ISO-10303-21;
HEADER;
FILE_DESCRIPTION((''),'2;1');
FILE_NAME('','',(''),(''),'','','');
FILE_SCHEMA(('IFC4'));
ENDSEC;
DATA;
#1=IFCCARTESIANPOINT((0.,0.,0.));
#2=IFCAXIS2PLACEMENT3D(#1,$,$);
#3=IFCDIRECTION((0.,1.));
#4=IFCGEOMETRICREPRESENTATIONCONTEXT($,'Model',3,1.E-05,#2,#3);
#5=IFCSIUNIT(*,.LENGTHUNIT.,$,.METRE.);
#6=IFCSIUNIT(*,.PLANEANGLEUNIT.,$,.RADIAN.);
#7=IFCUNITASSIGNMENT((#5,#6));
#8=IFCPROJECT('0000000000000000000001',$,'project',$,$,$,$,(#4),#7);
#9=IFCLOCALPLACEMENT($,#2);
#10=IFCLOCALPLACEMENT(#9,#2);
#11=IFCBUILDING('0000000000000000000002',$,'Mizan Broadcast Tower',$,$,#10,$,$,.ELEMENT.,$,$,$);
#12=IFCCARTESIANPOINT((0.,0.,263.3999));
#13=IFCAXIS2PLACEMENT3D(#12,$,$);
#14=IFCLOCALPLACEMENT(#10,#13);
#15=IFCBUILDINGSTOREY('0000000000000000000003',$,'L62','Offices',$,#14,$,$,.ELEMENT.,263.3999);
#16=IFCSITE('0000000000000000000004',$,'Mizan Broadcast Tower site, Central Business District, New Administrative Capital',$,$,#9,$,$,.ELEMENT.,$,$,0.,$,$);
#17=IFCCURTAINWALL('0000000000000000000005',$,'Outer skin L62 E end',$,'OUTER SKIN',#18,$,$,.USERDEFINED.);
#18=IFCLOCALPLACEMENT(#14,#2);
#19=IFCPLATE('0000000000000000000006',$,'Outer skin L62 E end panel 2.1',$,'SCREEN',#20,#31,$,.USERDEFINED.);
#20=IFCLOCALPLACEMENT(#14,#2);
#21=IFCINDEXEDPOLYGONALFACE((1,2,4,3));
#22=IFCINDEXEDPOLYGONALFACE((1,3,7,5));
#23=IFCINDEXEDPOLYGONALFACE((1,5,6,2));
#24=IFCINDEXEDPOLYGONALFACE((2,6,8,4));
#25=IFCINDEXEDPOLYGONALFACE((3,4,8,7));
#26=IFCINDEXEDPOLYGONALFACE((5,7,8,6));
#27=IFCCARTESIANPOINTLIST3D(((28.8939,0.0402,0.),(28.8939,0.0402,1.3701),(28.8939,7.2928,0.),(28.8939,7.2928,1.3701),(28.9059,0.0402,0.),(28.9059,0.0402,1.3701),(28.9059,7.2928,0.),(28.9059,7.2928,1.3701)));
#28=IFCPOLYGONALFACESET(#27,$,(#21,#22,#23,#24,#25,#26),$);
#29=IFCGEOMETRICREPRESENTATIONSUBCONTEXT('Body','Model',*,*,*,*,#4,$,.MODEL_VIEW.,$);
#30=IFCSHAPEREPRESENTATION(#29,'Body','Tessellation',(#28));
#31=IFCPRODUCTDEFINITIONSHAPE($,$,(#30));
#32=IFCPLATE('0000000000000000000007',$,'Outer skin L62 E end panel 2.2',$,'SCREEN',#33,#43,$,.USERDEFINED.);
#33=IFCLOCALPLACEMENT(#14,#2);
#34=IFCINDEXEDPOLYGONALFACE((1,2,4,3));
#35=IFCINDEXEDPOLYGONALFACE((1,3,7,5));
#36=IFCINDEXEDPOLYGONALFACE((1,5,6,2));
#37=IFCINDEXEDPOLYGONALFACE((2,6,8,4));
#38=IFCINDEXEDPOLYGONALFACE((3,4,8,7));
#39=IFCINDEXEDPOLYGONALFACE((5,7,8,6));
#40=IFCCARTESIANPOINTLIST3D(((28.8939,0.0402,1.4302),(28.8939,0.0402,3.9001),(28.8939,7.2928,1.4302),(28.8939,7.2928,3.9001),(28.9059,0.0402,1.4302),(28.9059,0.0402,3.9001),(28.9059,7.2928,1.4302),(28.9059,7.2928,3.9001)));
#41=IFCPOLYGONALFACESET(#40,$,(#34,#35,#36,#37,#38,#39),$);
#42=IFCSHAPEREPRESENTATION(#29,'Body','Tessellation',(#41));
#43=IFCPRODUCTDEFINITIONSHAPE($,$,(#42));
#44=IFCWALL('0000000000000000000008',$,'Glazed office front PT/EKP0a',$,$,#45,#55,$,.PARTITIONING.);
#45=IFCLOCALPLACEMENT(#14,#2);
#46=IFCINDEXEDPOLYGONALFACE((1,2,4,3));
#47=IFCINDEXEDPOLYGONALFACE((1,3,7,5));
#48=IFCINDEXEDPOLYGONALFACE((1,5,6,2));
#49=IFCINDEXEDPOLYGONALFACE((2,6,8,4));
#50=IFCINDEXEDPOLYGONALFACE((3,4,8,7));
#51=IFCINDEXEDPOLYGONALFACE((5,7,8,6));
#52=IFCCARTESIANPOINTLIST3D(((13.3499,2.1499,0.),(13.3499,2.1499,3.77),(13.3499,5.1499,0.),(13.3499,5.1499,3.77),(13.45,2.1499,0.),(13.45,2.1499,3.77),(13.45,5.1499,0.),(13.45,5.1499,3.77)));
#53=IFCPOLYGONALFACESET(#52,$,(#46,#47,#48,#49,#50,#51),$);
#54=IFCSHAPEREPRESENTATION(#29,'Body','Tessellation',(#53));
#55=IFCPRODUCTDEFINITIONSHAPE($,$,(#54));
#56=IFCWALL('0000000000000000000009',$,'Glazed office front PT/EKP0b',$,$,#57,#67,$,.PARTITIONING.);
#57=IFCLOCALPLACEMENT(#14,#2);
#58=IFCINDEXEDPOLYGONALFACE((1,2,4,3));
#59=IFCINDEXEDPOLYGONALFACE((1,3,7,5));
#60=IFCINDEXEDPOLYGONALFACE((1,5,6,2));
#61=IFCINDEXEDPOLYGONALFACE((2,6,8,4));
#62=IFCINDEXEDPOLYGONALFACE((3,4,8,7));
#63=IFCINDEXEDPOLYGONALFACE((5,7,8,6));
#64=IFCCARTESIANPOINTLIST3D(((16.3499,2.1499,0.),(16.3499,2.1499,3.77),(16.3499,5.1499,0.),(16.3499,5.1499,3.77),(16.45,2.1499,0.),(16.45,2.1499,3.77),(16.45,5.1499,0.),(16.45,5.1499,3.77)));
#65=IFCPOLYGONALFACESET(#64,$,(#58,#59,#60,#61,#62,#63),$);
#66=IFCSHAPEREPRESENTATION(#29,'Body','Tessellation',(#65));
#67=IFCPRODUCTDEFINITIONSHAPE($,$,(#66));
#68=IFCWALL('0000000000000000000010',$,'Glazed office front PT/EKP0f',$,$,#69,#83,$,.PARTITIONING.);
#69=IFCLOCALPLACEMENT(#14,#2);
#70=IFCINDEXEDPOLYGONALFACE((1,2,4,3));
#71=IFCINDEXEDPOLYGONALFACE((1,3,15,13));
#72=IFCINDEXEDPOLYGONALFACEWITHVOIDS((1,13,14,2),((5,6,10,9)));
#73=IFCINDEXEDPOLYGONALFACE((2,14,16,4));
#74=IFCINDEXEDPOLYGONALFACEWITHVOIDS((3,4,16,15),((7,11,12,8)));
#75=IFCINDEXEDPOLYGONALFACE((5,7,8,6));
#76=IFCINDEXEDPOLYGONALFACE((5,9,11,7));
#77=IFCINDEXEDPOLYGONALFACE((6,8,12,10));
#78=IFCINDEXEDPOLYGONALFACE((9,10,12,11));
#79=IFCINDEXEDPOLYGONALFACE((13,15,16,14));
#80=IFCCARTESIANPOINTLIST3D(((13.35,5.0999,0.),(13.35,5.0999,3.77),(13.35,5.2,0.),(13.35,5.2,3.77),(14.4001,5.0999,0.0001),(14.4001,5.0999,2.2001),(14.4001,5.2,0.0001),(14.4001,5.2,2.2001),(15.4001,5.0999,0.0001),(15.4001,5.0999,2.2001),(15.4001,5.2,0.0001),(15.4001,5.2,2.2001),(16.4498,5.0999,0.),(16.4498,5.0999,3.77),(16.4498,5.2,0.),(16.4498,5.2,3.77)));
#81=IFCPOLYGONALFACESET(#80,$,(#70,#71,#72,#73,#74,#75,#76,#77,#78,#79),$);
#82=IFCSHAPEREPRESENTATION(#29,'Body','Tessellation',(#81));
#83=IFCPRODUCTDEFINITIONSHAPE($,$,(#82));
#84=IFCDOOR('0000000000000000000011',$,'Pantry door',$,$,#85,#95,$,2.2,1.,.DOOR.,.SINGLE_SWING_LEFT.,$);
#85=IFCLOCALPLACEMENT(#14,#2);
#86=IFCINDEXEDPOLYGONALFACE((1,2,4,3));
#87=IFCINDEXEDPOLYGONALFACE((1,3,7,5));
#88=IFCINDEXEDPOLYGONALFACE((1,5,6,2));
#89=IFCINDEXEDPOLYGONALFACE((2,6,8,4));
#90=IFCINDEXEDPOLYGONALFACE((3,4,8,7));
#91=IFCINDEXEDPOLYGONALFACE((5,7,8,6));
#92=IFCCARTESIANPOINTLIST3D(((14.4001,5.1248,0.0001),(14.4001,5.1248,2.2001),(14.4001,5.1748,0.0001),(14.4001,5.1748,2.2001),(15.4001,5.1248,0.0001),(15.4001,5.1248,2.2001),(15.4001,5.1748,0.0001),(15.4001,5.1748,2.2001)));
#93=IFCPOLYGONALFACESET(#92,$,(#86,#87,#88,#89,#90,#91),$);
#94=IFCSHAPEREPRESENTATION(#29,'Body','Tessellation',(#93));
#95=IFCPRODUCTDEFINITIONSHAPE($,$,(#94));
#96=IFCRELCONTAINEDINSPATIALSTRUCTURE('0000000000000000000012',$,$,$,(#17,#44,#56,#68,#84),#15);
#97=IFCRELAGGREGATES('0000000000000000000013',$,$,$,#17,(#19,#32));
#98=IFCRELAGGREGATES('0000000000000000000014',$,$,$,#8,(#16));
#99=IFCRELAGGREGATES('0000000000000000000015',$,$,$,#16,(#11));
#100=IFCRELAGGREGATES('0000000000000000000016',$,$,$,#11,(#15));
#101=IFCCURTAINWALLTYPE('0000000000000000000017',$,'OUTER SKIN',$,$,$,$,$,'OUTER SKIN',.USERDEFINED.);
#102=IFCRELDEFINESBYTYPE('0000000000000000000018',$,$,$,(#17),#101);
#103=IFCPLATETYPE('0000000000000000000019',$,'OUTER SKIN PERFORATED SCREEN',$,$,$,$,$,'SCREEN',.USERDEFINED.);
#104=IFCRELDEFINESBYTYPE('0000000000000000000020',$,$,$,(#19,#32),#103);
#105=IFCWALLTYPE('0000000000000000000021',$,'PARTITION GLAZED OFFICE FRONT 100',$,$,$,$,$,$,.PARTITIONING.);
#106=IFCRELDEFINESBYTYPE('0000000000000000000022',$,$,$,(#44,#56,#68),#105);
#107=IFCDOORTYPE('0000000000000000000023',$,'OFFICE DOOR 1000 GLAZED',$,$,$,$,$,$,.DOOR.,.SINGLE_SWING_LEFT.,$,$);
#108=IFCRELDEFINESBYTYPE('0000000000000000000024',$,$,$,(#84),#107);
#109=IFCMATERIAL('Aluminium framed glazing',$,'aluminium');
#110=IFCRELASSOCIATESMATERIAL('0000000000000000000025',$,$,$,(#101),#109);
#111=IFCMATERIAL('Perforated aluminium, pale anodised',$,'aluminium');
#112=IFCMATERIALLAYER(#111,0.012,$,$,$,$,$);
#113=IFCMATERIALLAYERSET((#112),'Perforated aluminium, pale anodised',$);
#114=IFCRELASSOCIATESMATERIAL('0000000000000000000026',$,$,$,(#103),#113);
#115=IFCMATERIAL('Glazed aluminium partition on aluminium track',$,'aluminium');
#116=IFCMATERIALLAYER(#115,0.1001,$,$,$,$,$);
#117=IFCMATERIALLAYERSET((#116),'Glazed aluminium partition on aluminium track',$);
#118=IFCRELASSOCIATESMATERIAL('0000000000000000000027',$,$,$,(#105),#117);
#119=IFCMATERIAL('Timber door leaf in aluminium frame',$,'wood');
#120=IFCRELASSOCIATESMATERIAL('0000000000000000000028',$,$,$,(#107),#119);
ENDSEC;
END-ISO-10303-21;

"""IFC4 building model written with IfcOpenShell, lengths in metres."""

from ifc_helpers import new_model, si_unit, direction, frame, frame_2d, origin, origin_2d, place, context, subcontext, project, spatial, rectangle, extrude, material, layer, layer_set, type_object, element, fill, aggregate, save


model = new_model("IFC4")

# Units and contexts
model_context = context("Model", 3, precision=1e-05, world=origin(), true_north=direction((0.0, 1.0)))
body_context = subcontext(model_context, "Body", "Model", "MODEL_VIEW")
ifc_project = project(units=[si_unit("LENGTHUNIT", "METRE"), si_unit("PLANEANGLEUNIT", "RADIAN")], contexts=[model_context])

# Site, building, storey
site_placement = place(None, origin())
site = spatial("IfcSite", under=ifc_project, at=site_placement, Name="Mizan Broadcast Tower site, Central Business District, New Administrative Capital", CompositionType="ELEMENT", RefElevation=0.0)
building_placement = place(site_placement, origin())
building = spatial("IfcBuilding", under=site, at=building_placement, Name="Mizan Broadcast Tower", CompositionType="ELEMENT")
storey_placement = place(building_placement, frame((0.0, 0.0, 263.3999)))
storey = spatial("IfcBuildingStorey", under=building, at=storey_placement, Name="L62", Description="Offices", CompositionType="ELEMENT", Elevation=263.3999)

# Curtain wall
ifc_material_1 = material(Name="Aluminium framed glazing", Category="aluminium")
curtain_wall_type_1 = type_object("IfcCurtainWallType", Name="OUTER SKIN", ElementType="OUTER SKIN", PredefinedType="USERDEFINED", material=ifc_material_1)
curtain_wall_1_placement = place(storey_placement, origin())
curtain_wall_1 = element("IfcCurtainWall", 1, at=curtain_wall_1_placement, inside=storey, type_object=curtain_wall_type_1, Name="Outer skin L62 E end", ObjectType="OUTER SKIN", PredefinedType="USERDEFINED")

# Plates
ifc_material_2 = material(Name="Perforated aluminium, pale anodised", Category="aluminium")
ifc_layer_1 = layer(ifc_material_2, 0.012)
ifc_layer_set_1 = layer_set([ifc_layer_1], Name="Perforated aluminium, pale anodised")
plate_type_1 = type_object("IfcPlateType", Name="OUTER SKIN PERFORATED SCREEN", ElementType="SCREEN", PredefinedType="USERDEFINED", material=ifc_layer_set_1)
plate_1_placement = place(storey_placement, frame((28.8999, 3.6665, 0.0), z_axis=(0.0, 0.0, 1.0), x_axis=(0.0, 1.0, 0.0)))
plate_1 = element("IfcPlate", 2, at=plate_1_placement, type_object=plate_type_1, Name="Outer skin L62 E end panel 2.1", ObjectType="SCREEN", PredefinedType="USERDEFINED", context=body_context, shape_type="SweptSolid", body=[
    extrude(rectangle(XDim=7.2527, YDim=0.012, at=origin_2d()), origin(), (0.0, 0.0, 1.0), 1.3701),
])
plate_2_placement = place(storey_placement, frame((28.8999, 3.6665, 1.4302), z_axis=(0.0, 0.0, 1.0), x_axis=(0.0, 1.0, 0.0)))
plate_2 = element("IfcPlate", 3, at=plate_2_placement, type_object=plate_type_1, Name="Outer skin L62 E end panel 2.2", ObjectType="SCREEN", PredefinedType="USERDEFINED", context=body_context, shape_type="SweptSolid", body=[
    extrude(rectangle(XDim=7.2527, YDim=0.012, at=origin_2d()), origin(), (0.0, 0.0, 1.0), 2.47),
])
aggregate(curtain_wall_1, [plate_1, plate_2])

# Walls
ifc_material_3 = material(Name="Glazed aluminium partition on aluminium track", Category="aluminium")
ifc_layer_2 = layer(ifc_material_3, 0.1001)
ifc_layer_set_2 = layer_set([ifc_layer_2], Name="Glazed aluminium partition on aluminium track")
wall_type = type_object("IfcWallType", Name="PARTITION GLAZED OFFICE FRONT 100", PredefinedType="PARTITIONING", material=ifc_layer_set_2)
for number, where, z_axis, x_axis, name in (
    (4, (13.3999, 2.1499, 0.0), (0.0, 0.0, 1.0), (0.0, 1.0, 0.0), "Glazed office front PT/EKP0a"),
    (5, (16.3999, 2.1499, 0.0), (0.0, 0.0, 1.0), (0.0, 1.0, 0.0), "Glazed office front PT/EKP0b"),
):
    element("IfcWall", number, at=place(storey_placement, frame(where, z_axis=z_axis, x_axis=x_axis)), inside=storey, type_object=wall_type, Name=name, PredefinedType="PARTITIONING", context=body_context, shape_type="SweptSolid", body=[
        extrude(rectangle(XDim=3.0, YDim=0.1001, at=frame_2d((1.5, 0.0))), origin(), (0.0, 0.0, 1.0), 3.77),
    ])

# Wall, opening, door
wall_placement = place(storey_placement, frame((13.3501, 5.1499, 0.0), z_axis=(0.0, 0.0, 1.0), x_axis=(1.0, 0.0, 0.0)))
wall = element("IfcWall", 6, at=wall_placement, inside=storey, type_object=wall_type, Name="Glazed office front PT/EKP0f", PredefinedType="PARTITIONING", context=body_context, shape_type="SweptSolid", body=[
    extrude(rectangle(XDim=3.0999, YDim=0.1001, at=frame_2d((1.5498, 0.0))), origin(), (0.0, 0.0, 1.0), 3.77),
])
opening_placement = place(wall_placement, frame((1.05, 0.0, 0.0)))
opening = element("IfcOpeningElement", 7, at=opening_placement, cuts=wall, PredefinedType="OPENING", context=body_context, shape_type="SweptSolid", body=[
    extrude(rectangle(XDim=1.0, YDim=2.2, at=frame_2d((0.5, 1.1001))), frame((0.0, 0.0601, 0.0), z_axis=(0.0, -1.0, 0.0), x_axis=(1.0, 0.0, 0.0)), (0.0, 0.0, 1.0), 0.1201),
])
ifc_material_4 = material(Name="Timber door leaf in aluminium frame", Category="wood")
door_type = type_object("IfcDoorType", Name="OFFICE DOOR 1000 GLAZED", OperationType="SINGLE_SWING_LEFT", PredefinedType="DOOR", material=ifc_material_4)
door_placement = place(opening_placement, origin())
door = element("IfcDoor", 8, at=door_placement, inside=storey, type_object=door_type, Name="Pantry door", OperationType="SINGLE_SWING_LEFT", OverallHeight=2.2, OverallWidth=1.0, PredefinedType="DOOR", context=body_context, shape_type="SweptSolid", body=[
    extrude(rectangle(XDim=1.0, YDim=2.2, at=frame_2d((0.5, 1.1001))), frame((0.0, 0.0249, 0.0), z_axis=(0.0, -1.0, 0.0), x_axis=(1.0, 0.0, 0.0)), (0.0, 0.0, 1.0), 0.05),
])
fill(opening, door)

save(model, "model.ifc")
